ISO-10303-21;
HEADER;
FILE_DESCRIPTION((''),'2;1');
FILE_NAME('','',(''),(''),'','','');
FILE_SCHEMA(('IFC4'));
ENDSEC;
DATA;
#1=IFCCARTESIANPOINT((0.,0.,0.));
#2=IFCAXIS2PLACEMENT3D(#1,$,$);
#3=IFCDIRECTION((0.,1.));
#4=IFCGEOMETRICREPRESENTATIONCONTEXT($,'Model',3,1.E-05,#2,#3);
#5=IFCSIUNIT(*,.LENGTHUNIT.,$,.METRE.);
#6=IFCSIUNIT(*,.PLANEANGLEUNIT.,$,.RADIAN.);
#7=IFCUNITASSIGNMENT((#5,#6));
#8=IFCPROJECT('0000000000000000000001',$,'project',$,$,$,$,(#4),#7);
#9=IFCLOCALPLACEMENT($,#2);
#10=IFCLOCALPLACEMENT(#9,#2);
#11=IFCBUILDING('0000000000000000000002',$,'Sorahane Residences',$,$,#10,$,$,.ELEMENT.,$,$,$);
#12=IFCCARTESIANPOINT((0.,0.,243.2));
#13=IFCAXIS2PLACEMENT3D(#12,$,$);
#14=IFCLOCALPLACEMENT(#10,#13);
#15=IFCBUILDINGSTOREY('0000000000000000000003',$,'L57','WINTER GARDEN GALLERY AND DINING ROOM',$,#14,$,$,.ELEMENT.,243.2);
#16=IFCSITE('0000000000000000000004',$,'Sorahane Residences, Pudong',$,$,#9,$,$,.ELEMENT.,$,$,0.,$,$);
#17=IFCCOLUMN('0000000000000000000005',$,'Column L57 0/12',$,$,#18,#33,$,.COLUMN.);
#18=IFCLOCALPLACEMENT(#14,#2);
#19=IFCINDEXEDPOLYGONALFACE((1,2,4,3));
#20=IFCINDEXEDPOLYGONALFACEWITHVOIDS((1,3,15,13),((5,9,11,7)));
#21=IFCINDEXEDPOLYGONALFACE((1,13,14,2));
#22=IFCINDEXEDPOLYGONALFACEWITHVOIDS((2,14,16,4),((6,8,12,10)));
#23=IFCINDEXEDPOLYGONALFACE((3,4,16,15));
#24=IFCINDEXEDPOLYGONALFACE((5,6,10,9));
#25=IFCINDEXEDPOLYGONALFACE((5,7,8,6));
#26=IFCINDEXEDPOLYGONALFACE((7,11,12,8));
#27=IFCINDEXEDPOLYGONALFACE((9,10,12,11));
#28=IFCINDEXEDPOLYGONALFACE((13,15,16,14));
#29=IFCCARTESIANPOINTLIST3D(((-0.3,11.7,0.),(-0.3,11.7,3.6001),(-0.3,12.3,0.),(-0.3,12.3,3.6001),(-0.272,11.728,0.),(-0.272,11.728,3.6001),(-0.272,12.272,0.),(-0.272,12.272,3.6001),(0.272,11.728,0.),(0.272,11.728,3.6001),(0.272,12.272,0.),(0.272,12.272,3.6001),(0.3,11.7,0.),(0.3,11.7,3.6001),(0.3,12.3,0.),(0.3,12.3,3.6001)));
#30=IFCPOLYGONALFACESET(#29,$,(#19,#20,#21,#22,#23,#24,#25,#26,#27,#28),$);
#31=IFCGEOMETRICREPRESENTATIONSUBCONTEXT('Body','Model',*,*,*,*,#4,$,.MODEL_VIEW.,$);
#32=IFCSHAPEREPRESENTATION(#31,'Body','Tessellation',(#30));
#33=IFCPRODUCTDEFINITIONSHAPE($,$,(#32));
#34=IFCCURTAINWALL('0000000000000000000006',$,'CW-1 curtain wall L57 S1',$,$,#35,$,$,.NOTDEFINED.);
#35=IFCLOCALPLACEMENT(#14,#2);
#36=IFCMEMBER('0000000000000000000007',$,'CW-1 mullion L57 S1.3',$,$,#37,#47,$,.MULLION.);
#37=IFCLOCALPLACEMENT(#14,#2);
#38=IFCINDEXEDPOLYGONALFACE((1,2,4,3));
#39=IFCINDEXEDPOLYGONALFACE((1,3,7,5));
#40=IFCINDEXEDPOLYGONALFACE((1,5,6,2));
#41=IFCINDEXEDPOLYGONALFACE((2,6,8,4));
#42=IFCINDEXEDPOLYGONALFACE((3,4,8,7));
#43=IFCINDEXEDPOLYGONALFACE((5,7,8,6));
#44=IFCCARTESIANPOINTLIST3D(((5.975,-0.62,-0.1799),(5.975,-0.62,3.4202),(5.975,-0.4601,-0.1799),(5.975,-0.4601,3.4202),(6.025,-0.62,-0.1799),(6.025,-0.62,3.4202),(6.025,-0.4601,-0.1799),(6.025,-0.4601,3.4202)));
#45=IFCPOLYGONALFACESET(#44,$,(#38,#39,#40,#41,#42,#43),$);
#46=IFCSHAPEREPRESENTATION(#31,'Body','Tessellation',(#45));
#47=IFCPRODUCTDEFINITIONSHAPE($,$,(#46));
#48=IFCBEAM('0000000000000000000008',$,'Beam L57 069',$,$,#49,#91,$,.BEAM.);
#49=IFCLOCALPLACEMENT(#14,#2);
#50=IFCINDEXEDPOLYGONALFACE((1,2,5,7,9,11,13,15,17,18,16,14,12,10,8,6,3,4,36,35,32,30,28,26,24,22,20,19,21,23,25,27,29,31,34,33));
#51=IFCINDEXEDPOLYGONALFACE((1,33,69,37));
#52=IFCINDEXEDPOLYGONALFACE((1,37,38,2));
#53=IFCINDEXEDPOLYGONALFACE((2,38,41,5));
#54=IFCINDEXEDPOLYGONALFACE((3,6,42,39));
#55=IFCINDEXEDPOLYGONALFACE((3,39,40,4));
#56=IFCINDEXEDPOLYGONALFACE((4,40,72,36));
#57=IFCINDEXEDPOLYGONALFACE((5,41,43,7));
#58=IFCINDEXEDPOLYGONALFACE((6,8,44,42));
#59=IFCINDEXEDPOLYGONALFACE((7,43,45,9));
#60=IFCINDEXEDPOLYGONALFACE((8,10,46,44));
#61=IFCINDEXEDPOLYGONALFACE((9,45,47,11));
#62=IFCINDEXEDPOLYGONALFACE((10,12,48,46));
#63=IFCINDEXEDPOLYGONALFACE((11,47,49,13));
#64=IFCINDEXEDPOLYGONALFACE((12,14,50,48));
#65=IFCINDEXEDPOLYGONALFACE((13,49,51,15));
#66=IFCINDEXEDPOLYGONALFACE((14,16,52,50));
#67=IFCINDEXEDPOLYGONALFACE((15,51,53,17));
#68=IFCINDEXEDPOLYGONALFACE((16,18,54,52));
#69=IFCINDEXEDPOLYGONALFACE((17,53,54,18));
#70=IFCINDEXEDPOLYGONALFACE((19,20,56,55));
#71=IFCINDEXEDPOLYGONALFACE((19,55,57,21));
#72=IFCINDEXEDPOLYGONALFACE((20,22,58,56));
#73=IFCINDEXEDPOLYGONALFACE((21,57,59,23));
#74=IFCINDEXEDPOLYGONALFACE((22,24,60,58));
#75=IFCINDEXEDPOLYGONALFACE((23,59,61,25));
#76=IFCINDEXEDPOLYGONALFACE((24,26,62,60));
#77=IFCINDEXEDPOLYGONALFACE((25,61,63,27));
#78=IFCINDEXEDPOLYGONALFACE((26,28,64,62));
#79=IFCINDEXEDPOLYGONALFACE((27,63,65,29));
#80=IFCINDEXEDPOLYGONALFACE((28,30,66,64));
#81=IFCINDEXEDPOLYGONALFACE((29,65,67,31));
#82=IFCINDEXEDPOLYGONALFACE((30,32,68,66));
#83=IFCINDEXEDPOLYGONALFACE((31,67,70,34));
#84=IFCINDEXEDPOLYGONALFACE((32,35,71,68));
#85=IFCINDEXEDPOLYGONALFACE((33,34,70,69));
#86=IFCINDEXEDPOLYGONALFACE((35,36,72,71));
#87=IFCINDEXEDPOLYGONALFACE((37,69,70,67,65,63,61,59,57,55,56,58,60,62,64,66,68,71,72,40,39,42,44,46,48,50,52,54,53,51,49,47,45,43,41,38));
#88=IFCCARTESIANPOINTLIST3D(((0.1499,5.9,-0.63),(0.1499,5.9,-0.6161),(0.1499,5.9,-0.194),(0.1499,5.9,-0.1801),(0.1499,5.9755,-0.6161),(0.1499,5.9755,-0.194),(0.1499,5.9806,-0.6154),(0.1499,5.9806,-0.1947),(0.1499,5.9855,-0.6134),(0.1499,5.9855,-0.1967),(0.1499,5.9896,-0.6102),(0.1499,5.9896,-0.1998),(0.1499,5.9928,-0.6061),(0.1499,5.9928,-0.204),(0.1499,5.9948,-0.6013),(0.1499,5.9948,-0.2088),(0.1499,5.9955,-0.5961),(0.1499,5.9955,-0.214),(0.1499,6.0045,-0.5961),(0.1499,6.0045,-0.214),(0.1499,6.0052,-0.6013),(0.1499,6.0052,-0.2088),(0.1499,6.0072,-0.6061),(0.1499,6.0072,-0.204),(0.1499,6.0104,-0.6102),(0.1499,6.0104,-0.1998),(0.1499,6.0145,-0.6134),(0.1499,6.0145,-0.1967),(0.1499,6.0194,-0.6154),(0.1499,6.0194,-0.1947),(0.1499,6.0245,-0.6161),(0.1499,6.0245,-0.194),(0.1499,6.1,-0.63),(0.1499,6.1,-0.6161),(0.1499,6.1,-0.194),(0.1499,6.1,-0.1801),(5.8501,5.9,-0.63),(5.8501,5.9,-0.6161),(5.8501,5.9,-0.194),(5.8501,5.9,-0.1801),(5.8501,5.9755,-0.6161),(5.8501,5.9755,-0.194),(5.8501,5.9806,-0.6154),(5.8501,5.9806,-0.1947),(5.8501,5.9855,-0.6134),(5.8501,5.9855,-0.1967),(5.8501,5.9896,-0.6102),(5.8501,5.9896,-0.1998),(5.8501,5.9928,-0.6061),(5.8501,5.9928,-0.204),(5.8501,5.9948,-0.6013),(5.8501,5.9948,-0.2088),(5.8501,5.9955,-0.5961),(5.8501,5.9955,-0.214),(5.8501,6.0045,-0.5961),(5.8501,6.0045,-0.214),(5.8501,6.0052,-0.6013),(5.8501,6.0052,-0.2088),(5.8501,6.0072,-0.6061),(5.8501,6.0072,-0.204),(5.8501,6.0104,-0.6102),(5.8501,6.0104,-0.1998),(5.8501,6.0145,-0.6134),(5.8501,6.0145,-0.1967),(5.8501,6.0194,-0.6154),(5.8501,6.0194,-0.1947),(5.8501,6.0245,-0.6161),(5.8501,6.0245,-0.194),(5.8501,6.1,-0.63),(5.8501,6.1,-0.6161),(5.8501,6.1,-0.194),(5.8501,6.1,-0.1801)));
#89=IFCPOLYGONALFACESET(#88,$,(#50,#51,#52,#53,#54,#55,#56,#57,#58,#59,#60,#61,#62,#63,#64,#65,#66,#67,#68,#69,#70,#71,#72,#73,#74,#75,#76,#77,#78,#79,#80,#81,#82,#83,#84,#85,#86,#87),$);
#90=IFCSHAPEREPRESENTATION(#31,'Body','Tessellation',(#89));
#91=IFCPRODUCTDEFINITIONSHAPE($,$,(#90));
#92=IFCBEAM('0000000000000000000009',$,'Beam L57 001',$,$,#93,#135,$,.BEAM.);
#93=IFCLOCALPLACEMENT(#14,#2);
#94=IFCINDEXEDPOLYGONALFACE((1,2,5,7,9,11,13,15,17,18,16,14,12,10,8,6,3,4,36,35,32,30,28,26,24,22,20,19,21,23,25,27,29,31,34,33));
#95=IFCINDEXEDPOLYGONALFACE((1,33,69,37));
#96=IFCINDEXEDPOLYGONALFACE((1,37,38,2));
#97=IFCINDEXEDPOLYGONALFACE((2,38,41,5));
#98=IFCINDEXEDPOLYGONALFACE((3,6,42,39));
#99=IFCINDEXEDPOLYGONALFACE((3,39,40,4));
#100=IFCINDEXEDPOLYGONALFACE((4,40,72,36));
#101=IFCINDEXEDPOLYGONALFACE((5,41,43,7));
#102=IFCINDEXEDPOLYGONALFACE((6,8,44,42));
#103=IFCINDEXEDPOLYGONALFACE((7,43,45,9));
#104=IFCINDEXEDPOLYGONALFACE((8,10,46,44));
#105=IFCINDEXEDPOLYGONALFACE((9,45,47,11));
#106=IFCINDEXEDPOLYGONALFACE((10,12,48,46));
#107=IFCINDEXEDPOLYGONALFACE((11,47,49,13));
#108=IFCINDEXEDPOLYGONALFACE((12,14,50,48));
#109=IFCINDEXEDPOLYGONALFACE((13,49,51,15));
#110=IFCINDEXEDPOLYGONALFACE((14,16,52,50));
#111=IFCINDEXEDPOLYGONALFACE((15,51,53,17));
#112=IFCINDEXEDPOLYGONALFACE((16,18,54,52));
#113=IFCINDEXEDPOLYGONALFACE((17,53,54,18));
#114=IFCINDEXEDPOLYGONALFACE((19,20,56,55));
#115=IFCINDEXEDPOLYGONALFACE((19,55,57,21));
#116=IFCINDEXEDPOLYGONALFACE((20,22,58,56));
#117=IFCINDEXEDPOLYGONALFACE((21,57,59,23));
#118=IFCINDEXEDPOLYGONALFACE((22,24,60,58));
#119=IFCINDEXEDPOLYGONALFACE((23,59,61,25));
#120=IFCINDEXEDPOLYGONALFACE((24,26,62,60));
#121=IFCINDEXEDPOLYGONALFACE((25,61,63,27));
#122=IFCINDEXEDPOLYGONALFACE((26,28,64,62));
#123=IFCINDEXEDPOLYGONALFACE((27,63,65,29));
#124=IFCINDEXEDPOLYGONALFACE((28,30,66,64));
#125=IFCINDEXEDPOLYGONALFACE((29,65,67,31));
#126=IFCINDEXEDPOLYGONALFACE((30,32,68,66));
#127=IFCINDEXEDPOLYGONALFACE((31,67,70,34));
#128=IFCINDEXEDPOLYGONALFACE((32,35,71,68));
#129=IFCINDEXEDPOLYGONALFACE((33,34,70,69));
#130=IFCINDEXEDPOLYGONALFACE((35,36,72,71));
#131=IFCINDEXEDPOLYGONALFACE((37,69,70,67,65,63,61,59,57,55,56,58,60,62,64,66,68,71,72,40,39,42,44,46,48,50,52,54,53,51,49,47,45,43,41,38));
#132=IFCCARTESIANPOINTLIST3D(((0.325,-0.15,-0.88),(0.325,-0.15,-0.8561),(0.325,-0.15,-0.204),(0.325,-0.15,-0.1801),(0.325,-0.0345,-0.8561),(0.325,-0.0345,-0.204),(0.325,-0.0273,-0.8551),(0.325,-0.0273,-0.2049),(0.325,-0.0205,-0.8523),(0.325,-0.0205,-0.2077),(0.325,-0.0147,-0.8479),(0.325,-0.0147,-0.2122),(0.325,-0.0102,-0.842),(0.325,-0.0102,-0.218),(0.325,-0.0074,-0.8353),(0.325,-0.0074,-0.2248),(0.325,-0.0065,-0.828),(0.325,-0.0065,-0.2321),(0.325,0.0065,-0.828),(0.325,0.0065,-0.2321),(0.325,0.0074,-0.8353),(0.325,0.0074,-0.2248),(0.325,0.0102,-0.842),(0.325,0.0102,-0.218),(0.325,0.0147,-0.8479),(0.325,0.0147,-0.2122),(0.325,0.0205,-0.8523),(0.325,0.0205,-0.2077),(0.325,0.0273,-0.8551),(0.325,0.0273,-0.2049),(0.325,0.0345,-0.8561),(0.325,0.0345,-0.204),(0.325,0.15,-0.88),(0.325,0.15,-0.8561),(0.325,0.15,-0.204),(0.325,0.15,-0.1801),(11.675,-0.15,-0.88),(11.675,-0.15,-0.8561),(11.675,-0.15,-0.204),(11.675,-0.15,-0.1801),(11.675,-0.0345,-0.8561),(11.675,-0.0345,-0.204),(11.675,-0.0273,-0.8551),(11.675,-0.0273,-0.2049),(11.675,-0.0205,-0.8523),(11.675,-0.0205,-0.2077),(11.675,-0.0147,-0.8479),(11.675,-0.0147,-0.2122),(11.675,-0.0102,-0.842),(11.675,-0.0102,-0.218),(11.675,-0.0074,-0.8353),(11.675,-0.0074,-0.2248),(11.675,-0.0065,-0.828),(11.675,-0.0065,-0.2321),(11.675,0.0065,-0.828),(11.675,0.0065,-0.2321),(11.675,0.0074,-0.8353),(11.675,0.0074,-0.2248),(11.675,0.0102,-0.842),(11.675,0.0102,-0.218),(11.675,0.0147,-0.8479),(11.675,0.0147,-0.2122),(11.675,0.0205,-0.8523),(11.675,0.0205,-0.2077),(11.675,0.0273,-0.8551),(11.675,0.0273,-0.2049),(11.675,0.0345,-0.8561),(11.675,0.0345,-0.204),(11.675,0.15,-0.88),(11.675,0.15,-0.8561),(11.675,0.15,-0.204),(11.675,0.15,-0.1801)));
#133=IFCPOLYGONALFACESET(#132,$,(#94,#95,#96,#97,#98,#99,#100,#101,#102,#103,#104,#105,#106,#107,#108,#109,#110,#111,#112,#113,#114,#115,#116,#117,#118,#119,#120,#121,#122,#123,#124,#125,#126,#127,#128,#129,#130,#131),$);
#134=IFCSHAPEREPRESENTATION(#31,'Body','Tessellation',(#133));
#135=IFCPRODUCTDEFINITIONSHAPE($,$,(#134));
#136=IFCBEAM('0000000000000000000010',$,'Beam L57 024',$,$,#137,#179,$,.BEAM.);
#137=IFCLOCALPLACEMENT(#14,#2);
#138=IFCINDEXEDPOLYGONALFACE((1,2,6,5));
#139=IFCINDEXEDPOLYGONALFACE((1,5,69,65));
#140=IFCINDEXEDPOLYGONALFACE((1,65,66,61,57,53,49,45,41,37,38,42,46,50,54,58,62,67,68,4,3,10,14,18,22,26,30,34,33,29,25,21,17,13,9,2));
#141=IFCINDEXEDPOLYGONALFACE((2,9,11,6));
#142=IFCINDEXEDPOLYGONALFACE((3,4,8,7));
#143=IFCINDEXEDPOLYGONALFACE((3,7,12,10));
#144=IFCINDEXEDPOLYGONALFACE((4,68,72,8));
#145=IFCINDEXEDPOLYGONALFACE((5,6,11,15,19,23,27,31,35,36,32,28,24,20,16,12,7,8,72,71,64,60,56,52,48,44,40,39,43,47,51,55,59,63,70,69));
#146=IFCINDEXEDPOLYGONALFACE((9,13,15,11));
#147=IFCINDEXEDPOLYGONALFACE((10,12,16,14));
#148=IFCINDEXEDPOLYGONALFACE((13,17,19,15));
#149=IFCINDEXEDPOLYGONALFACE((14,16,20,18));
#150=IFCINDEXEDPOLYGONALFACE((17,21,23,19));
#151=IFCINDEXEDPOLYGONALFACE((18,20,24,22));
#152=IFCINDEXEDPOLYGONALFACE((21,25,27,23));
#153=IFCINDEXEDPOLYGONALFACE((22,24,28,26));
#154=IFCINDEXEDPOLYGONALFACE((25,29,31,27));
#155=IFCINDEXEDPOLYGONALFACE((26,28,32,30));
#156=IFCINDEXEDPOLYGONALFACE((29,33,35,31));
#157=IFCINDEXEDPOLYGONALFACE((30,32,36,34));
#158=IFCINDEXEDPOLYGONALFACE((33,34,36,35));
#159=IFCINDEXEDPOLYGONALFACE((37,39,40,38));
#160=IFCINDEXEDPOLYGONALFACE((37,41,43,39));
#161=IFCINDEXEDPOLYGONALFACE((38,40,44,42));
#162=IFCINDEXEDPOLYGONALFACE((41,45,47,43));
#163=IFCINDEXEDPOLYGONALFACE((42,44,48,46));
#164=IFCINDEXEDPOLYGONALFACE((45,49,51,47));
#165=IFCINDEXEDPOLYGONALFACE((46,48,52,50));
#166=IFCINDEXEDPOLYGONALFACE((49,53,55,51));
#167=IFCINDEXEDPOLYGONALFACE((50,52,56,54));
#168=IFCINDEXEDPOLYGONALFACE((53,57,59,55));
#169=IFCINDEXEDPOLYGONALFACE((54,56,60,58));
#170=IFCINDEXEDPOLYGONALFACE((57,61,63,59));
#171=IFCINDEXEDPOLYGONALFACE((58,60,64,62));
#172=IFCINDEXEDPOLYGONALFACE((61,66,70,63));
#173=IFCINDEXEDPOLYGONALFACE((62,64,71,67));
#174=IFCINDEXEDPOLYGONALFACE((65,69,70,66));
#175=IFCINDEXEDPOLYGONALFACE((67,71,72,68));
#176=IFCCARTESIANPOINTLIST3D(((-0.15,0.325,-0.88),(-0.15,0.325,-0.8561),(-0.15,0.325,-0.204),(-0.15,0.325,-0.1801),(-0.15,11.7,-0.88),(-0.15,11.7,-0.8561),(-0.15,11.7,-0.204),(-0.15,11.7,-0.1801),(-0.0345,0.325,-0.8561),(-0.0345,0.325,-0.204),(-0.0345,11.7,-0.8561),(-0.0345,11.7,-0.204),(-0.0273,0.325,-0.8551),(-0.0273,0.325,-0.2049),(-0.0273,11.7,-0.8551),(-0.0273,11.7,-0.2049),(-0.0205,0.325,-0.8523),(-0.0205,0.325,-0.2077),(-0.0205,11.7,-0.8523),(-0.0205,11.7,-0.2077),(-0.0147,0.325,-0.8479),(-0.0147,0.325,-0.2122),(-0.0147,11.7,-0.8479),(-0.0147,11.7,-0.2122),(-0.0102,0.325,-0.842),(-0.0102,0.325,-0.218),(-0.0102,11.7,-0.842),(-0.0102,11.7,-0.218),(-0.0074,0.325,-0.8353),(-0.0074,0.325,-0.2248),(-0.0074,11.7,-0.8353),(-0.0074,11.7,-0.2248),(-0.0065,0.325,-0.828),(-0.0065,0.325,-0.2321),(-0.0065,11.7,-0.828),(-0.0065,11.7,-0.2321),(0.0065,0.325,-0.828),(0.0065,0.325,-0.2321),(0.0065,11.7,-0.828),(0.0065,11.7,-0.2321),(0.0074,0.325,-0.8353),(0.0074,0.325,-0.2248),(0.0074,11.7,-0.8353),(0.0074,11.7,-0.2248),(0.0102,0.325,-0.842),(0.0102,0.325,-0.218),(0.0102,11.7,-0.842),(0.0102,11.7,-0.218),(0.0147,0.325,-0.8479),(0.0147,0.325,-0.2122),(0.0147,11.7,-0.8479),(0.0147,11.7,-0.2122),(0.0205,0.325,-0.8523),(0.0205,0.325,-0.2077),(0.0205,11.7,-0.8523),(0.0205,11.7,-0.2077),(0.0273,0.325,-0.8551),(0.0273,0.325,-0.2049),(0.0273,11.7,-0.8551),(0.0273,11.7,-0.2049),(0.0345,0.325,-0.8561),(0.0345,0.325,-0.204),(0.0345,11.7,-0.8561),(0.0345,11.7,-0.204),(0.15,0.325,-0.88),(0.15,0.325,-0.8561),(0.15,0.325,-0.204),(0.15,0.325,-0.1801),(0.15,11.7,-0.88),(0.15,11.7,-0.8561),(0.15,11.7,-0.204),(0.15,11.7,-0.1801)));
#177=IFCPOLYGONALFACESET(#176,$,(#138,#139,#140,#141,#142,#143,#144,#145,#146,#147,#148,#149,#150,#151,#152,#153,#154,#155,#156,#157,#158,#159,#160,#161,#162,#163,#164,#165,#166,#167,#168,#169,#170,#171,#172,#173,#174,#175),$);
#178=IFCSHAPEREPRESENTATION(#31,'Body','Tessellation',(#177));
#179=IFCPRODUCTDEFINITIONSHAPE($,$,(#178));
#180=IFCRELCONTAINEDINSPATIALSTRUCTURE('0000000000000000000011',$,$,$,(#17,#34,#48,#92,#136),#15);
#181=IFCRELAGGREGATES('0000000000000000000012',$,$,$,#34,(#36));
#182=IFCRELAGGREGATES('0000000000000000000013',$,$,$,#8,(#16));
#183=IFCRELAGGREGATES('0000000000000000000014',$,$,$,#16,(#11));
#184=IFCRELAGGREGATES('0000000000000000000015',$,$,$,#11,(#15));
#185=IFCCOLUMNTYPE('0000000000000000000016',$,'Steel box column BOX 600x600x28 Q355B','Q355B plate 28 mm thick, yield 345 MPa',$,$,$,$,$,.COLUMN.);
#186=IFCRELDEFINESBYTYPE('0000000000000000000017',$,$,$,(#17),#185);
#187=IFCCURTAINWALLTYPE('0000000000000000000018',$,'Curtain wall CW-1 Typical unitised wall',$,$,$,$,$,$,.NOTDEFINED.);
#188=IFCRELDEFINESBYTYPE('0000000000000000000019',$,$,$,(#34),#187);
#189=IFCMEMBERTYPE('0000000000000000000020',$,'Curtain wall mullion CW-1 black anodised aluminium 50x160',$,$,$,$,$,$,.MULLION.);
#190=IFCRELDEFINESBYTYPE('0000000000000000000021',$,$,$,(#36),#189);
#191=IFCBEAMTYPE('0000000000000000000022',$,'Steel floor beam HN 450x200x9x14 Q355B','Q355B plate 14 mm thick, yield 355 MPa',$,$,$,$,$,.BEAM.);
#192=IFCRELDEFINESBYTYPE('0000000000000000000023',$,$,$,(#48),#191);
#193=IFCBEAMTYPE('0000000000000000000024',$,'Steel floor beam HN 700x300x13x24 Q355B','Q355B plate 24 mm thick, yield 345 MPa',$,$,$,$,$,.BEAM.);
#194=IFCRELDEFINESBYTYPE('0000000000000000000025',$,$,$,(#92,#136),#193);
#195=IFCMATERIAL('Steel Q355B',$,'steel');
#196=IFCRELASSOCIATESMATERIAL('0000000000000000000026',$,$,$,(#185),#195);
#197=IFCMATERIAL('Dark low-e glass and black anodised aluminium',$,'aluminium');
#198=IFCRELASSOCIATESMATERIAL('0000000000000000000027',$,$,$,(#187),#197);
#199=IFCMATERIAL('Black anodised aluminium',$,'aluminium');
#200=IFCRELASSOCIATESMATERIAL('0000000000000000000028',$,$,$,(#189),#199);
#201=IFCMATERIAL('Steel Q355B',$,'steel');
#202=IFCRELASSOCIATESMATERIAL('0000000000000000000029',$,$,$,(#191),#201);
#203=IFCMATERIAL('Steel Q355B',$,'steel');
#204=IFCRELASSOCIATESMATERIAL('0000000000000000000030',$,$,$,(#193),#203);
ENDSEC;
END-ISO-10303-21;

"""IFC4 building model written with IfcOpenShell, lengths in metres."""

from ifc_helpers import new_model, si_unit, direction, frame, origin, origin_2d, place, context, subcontext, project, spatial, rectangle, hollow_rectangle, i_section, extrude, material, material_profile, profile_set, type_object, element, aggregate, save


model = new_model("IFC4")

# Units and contexts
model_context = context("Model", 3, precision=1e-05, world=origin(), true_north=direction((0.0, 1.0)))
body_context = subcontext(model_context, "Body", "Model", "MODEL_VIEW")
ifc_project = project(units=[si_unit("LENGTHUNIT", "METRE"), si_unit("PLANEANGLEUNIT", "RADIAN")], contexts=[model_context])

# Site, building, storey
site_placement = place(None, origin())
site = spatial("IfcSite", under=ifc_project, at=site_placement, Name="Sorahane Residences, Pudong", CompositionType="ELEMENT", RefElevation=0.0)
building_placement = place(site_placement, origin())
building = spatial("IfcBuilding", under=site, at=building_placement, Name="Sorahane Residences", CompositionType="ELEMENT")
storey_placement = place(building_placement, frame((0.0, 0.0, 243.2)))
storey = spatial("IfcBuildingStorey", under=building, at=storey_placement, Name="L57", Description="WINTER GARDEN GALLERY AND DINING ROOM", CompositionType="ELEMENT", Elevation=243.2)

# Column
ifc_material_1 = material(Name="Steel Q355B", Category="steel")
ifc_material_profile_1 = material_profile(ifc_material_1, hollow_rectangle(XDim=0.6001, YDim=0.6001, WallThickness=0.0281, at=origin_2d()), Name="BOX 600x600x28")
ifc_profile_set_1 = profile_set([ifc_material_profile_1], Name="Steel Q355B")
column_type = type_object("IfcColumnType", Name="Steel box column BOX 600x600x28 Q355B", Description="Q355B plate 28 mm thick, yield 345 MPa", PredefinedType="COLUMN", material=ifc_profile_set_1)
column_placement = place(storey_placement, frame((0.0, 12.0, 0.0), z_axis=(0.0, 0.0, 1.0), x_axis=(1.0, 0.0, 0.0)))
element("IfcColumn", 1, at=column_placement, inside=storey, type_object=column_type, Name="Column L57 0/12", PredefinedType="COLUMN", context=body_context, shape_type="SweptSolid", body=[
    extrude(hollow_rectangle(XDim=0.6001, YDim=0.6001, WallThickness=0.0281, at=origin_2d()), origin(), (0.0, 0.0, 1.0), 3.6001),
])

# Curtain wall, member
ifc_material_2 = material(Name="Dark low-e glass and black anodised aluminium", Category="aluminium")
curtain_wall_type = type_object("IfcCurtainWallType", Name="Curtain wall CW-1 Typical unitised wall", PredefinedType="NOTDEFINED", material=ifc_material_2)
curtain_wall_placement = place(storey_placement, origin())
curtain_wall = element("IfcCurtainWall", 2, at=curtain_wall_placement, inside=storey, type_object=curtain_wall_type, Name="CW-1 curtain wall L57 S1", PredefinedType="NOTDEFINED")
ifc_material_3 = material(Name="Black anodised aluminium", Category="aluminium")
ifc_material_profile_2 = material_profile(ifc_material_3, rectangle(XDim=0.1599, YDim=0.05, at=origin_2d()), Name="Curtain wall mullion CW-1 black anodised aluminium 50x160")
ifc_profile_set_2 = profile_set([ifc_material_profile_2], Name="Black anodised aluminium")
member_type = type_object("IfcMemberType", Name="Curtain wall mullion CW-1 black anodised aluminium 50x160", PredefinedType="MULLION", material=ifc_profile_set_2)
member_placement = place(storey_placement, frame((6.0, -0.54, -0.1799), z_axis=(0.0, 0.0, 1.0), x_axis=(0.0, -1.0, 0.0)))
member = element("IfcMember", 3, at=member_placement, type_object=member_type, Name="CW-1 mullion L57 S1.3", PredefinedType="MULLION", context=body_context, shape_type="SweptSolid", body=[
    extrude(rectangle(XDim=0.1599, YDim=0.05, at=origin_2d()), origin(), (0.0, 0.0, 1.0), 3.6001),
])

# Beams
ifc_material_4 = material(Name="Steel Q355B", Category="steel")
ifc_material_profile_3 = material_profile(ifc_material_4, i_section(OverallWidth=0.2, OverallDepth=0.45, WebThickness=0.009, FlangeThickness=0.0139, FilletRadius=0.02, at=origin_2d()), Name="HN 450x200x9x14")
ifc_profile_set_3 = profile_set([ifc_material_profile_3], Name="Steel Q355B")
beam_type_1 = type_object("IfcBeamType", Name="Steel floor beam HN 450x200x9x14 Q355B", Description="Q355B plate 14 mm thick, yield 355 MPa", PredefinedType="BEAM", material=ifc_profile_set_3)
beam_1_placement = place(storey_placement, frame((0.1499, 6.0, -0.405), z_axis=(1.0, 0.0, 0.0), x_axis=(0.0, 1.0, 0.0)))
element("IfcBeam", 4, at=beam_1_placement, inside=storey, type_object=beam_type_1, Name="Beam L57 069", PredefinedType="BEAM", context=body_context, shape_type="SweptSolid", body=[
    extrude(i_section(OverallWidth=0.2, OverallDepth=0.45, WebThickness=0.009, FlangeThickness=0.0139, FilletRadius=0.02, at=origin_2d()), origin(), (0.0, 0.0, 1.0), 5.7002),
])
ifc_material_5 = material(Name="Steel Q355B", Category="steel")
ifc_material_profile_4 = material_profile(ifc_material_5, i_section(OverallWidth=0.3, OverallDepth=0.7, WebThickness=0.0129, FlangeThickness=0.0239, FilletRadius=0.0281, at=origin_2d()), Name="HN 700x300x13x24")
ifc_profile_set_4 = profile_set([ifc_material_profile_4], Name="Steel Q355B")
beam_type_2 = type_object("IfcBeamType", Name="Steel floor beam HN 700x300x13x24 Q355B", Description="Q355B plate 24 mm thick, yield 345 MPa", PredefinedType="BEAM", material=ifc_profile_set_4)
beam_2_placement = place(storey_placement, frame((0.325, 0.0, -0.53), z_axis=(1.0, 0.0, 0.0), x_axis=(0.0, 1.0, 0.0)))
element("IfcBeam", 5, at=beam_2_placement, inside=storey, type_object=beam_type_2, Name="Beam L57 001", PredefinedType="BEAM", context=body_context, shape_type="SweptSolid", body=[
    extrude(i_section(OverallWidth=0.3, OverallDepth=0.7, WebThickness=0.0129, FlangeThickness=0.0239, FilletRadius=0.0281, at=origin_2d()), origin(), (0.0, 0.0, 1.0), 11.3501),
])
beam_3_placement = place(storey_placement, frame((0.0, 0.325, -0.53), z_axis=(0.0, 1.0, 0.0), x_axis=(-1.0, 0.0, 0.0)))
element("IfcBeam", 6, at=beam_3_placement, inside=storey, type_object=beam_type_2, Name="Beam L57 024", PredefinedType="BEAM", context=body_context, shape_type="SweptSolid", body=[
    extrude(i_section(OverallWidth=0.3, OverallDepth=0.7, WebThickness=0.0129, FlangeThickness=0.0239, FilletRadius=0.0281, at=origin_2d()), origin(), (0.0, 0.0, 1.0), 11.375),
])

aggregate(curtain_wall, [member])

save(model, "model.ifc")
